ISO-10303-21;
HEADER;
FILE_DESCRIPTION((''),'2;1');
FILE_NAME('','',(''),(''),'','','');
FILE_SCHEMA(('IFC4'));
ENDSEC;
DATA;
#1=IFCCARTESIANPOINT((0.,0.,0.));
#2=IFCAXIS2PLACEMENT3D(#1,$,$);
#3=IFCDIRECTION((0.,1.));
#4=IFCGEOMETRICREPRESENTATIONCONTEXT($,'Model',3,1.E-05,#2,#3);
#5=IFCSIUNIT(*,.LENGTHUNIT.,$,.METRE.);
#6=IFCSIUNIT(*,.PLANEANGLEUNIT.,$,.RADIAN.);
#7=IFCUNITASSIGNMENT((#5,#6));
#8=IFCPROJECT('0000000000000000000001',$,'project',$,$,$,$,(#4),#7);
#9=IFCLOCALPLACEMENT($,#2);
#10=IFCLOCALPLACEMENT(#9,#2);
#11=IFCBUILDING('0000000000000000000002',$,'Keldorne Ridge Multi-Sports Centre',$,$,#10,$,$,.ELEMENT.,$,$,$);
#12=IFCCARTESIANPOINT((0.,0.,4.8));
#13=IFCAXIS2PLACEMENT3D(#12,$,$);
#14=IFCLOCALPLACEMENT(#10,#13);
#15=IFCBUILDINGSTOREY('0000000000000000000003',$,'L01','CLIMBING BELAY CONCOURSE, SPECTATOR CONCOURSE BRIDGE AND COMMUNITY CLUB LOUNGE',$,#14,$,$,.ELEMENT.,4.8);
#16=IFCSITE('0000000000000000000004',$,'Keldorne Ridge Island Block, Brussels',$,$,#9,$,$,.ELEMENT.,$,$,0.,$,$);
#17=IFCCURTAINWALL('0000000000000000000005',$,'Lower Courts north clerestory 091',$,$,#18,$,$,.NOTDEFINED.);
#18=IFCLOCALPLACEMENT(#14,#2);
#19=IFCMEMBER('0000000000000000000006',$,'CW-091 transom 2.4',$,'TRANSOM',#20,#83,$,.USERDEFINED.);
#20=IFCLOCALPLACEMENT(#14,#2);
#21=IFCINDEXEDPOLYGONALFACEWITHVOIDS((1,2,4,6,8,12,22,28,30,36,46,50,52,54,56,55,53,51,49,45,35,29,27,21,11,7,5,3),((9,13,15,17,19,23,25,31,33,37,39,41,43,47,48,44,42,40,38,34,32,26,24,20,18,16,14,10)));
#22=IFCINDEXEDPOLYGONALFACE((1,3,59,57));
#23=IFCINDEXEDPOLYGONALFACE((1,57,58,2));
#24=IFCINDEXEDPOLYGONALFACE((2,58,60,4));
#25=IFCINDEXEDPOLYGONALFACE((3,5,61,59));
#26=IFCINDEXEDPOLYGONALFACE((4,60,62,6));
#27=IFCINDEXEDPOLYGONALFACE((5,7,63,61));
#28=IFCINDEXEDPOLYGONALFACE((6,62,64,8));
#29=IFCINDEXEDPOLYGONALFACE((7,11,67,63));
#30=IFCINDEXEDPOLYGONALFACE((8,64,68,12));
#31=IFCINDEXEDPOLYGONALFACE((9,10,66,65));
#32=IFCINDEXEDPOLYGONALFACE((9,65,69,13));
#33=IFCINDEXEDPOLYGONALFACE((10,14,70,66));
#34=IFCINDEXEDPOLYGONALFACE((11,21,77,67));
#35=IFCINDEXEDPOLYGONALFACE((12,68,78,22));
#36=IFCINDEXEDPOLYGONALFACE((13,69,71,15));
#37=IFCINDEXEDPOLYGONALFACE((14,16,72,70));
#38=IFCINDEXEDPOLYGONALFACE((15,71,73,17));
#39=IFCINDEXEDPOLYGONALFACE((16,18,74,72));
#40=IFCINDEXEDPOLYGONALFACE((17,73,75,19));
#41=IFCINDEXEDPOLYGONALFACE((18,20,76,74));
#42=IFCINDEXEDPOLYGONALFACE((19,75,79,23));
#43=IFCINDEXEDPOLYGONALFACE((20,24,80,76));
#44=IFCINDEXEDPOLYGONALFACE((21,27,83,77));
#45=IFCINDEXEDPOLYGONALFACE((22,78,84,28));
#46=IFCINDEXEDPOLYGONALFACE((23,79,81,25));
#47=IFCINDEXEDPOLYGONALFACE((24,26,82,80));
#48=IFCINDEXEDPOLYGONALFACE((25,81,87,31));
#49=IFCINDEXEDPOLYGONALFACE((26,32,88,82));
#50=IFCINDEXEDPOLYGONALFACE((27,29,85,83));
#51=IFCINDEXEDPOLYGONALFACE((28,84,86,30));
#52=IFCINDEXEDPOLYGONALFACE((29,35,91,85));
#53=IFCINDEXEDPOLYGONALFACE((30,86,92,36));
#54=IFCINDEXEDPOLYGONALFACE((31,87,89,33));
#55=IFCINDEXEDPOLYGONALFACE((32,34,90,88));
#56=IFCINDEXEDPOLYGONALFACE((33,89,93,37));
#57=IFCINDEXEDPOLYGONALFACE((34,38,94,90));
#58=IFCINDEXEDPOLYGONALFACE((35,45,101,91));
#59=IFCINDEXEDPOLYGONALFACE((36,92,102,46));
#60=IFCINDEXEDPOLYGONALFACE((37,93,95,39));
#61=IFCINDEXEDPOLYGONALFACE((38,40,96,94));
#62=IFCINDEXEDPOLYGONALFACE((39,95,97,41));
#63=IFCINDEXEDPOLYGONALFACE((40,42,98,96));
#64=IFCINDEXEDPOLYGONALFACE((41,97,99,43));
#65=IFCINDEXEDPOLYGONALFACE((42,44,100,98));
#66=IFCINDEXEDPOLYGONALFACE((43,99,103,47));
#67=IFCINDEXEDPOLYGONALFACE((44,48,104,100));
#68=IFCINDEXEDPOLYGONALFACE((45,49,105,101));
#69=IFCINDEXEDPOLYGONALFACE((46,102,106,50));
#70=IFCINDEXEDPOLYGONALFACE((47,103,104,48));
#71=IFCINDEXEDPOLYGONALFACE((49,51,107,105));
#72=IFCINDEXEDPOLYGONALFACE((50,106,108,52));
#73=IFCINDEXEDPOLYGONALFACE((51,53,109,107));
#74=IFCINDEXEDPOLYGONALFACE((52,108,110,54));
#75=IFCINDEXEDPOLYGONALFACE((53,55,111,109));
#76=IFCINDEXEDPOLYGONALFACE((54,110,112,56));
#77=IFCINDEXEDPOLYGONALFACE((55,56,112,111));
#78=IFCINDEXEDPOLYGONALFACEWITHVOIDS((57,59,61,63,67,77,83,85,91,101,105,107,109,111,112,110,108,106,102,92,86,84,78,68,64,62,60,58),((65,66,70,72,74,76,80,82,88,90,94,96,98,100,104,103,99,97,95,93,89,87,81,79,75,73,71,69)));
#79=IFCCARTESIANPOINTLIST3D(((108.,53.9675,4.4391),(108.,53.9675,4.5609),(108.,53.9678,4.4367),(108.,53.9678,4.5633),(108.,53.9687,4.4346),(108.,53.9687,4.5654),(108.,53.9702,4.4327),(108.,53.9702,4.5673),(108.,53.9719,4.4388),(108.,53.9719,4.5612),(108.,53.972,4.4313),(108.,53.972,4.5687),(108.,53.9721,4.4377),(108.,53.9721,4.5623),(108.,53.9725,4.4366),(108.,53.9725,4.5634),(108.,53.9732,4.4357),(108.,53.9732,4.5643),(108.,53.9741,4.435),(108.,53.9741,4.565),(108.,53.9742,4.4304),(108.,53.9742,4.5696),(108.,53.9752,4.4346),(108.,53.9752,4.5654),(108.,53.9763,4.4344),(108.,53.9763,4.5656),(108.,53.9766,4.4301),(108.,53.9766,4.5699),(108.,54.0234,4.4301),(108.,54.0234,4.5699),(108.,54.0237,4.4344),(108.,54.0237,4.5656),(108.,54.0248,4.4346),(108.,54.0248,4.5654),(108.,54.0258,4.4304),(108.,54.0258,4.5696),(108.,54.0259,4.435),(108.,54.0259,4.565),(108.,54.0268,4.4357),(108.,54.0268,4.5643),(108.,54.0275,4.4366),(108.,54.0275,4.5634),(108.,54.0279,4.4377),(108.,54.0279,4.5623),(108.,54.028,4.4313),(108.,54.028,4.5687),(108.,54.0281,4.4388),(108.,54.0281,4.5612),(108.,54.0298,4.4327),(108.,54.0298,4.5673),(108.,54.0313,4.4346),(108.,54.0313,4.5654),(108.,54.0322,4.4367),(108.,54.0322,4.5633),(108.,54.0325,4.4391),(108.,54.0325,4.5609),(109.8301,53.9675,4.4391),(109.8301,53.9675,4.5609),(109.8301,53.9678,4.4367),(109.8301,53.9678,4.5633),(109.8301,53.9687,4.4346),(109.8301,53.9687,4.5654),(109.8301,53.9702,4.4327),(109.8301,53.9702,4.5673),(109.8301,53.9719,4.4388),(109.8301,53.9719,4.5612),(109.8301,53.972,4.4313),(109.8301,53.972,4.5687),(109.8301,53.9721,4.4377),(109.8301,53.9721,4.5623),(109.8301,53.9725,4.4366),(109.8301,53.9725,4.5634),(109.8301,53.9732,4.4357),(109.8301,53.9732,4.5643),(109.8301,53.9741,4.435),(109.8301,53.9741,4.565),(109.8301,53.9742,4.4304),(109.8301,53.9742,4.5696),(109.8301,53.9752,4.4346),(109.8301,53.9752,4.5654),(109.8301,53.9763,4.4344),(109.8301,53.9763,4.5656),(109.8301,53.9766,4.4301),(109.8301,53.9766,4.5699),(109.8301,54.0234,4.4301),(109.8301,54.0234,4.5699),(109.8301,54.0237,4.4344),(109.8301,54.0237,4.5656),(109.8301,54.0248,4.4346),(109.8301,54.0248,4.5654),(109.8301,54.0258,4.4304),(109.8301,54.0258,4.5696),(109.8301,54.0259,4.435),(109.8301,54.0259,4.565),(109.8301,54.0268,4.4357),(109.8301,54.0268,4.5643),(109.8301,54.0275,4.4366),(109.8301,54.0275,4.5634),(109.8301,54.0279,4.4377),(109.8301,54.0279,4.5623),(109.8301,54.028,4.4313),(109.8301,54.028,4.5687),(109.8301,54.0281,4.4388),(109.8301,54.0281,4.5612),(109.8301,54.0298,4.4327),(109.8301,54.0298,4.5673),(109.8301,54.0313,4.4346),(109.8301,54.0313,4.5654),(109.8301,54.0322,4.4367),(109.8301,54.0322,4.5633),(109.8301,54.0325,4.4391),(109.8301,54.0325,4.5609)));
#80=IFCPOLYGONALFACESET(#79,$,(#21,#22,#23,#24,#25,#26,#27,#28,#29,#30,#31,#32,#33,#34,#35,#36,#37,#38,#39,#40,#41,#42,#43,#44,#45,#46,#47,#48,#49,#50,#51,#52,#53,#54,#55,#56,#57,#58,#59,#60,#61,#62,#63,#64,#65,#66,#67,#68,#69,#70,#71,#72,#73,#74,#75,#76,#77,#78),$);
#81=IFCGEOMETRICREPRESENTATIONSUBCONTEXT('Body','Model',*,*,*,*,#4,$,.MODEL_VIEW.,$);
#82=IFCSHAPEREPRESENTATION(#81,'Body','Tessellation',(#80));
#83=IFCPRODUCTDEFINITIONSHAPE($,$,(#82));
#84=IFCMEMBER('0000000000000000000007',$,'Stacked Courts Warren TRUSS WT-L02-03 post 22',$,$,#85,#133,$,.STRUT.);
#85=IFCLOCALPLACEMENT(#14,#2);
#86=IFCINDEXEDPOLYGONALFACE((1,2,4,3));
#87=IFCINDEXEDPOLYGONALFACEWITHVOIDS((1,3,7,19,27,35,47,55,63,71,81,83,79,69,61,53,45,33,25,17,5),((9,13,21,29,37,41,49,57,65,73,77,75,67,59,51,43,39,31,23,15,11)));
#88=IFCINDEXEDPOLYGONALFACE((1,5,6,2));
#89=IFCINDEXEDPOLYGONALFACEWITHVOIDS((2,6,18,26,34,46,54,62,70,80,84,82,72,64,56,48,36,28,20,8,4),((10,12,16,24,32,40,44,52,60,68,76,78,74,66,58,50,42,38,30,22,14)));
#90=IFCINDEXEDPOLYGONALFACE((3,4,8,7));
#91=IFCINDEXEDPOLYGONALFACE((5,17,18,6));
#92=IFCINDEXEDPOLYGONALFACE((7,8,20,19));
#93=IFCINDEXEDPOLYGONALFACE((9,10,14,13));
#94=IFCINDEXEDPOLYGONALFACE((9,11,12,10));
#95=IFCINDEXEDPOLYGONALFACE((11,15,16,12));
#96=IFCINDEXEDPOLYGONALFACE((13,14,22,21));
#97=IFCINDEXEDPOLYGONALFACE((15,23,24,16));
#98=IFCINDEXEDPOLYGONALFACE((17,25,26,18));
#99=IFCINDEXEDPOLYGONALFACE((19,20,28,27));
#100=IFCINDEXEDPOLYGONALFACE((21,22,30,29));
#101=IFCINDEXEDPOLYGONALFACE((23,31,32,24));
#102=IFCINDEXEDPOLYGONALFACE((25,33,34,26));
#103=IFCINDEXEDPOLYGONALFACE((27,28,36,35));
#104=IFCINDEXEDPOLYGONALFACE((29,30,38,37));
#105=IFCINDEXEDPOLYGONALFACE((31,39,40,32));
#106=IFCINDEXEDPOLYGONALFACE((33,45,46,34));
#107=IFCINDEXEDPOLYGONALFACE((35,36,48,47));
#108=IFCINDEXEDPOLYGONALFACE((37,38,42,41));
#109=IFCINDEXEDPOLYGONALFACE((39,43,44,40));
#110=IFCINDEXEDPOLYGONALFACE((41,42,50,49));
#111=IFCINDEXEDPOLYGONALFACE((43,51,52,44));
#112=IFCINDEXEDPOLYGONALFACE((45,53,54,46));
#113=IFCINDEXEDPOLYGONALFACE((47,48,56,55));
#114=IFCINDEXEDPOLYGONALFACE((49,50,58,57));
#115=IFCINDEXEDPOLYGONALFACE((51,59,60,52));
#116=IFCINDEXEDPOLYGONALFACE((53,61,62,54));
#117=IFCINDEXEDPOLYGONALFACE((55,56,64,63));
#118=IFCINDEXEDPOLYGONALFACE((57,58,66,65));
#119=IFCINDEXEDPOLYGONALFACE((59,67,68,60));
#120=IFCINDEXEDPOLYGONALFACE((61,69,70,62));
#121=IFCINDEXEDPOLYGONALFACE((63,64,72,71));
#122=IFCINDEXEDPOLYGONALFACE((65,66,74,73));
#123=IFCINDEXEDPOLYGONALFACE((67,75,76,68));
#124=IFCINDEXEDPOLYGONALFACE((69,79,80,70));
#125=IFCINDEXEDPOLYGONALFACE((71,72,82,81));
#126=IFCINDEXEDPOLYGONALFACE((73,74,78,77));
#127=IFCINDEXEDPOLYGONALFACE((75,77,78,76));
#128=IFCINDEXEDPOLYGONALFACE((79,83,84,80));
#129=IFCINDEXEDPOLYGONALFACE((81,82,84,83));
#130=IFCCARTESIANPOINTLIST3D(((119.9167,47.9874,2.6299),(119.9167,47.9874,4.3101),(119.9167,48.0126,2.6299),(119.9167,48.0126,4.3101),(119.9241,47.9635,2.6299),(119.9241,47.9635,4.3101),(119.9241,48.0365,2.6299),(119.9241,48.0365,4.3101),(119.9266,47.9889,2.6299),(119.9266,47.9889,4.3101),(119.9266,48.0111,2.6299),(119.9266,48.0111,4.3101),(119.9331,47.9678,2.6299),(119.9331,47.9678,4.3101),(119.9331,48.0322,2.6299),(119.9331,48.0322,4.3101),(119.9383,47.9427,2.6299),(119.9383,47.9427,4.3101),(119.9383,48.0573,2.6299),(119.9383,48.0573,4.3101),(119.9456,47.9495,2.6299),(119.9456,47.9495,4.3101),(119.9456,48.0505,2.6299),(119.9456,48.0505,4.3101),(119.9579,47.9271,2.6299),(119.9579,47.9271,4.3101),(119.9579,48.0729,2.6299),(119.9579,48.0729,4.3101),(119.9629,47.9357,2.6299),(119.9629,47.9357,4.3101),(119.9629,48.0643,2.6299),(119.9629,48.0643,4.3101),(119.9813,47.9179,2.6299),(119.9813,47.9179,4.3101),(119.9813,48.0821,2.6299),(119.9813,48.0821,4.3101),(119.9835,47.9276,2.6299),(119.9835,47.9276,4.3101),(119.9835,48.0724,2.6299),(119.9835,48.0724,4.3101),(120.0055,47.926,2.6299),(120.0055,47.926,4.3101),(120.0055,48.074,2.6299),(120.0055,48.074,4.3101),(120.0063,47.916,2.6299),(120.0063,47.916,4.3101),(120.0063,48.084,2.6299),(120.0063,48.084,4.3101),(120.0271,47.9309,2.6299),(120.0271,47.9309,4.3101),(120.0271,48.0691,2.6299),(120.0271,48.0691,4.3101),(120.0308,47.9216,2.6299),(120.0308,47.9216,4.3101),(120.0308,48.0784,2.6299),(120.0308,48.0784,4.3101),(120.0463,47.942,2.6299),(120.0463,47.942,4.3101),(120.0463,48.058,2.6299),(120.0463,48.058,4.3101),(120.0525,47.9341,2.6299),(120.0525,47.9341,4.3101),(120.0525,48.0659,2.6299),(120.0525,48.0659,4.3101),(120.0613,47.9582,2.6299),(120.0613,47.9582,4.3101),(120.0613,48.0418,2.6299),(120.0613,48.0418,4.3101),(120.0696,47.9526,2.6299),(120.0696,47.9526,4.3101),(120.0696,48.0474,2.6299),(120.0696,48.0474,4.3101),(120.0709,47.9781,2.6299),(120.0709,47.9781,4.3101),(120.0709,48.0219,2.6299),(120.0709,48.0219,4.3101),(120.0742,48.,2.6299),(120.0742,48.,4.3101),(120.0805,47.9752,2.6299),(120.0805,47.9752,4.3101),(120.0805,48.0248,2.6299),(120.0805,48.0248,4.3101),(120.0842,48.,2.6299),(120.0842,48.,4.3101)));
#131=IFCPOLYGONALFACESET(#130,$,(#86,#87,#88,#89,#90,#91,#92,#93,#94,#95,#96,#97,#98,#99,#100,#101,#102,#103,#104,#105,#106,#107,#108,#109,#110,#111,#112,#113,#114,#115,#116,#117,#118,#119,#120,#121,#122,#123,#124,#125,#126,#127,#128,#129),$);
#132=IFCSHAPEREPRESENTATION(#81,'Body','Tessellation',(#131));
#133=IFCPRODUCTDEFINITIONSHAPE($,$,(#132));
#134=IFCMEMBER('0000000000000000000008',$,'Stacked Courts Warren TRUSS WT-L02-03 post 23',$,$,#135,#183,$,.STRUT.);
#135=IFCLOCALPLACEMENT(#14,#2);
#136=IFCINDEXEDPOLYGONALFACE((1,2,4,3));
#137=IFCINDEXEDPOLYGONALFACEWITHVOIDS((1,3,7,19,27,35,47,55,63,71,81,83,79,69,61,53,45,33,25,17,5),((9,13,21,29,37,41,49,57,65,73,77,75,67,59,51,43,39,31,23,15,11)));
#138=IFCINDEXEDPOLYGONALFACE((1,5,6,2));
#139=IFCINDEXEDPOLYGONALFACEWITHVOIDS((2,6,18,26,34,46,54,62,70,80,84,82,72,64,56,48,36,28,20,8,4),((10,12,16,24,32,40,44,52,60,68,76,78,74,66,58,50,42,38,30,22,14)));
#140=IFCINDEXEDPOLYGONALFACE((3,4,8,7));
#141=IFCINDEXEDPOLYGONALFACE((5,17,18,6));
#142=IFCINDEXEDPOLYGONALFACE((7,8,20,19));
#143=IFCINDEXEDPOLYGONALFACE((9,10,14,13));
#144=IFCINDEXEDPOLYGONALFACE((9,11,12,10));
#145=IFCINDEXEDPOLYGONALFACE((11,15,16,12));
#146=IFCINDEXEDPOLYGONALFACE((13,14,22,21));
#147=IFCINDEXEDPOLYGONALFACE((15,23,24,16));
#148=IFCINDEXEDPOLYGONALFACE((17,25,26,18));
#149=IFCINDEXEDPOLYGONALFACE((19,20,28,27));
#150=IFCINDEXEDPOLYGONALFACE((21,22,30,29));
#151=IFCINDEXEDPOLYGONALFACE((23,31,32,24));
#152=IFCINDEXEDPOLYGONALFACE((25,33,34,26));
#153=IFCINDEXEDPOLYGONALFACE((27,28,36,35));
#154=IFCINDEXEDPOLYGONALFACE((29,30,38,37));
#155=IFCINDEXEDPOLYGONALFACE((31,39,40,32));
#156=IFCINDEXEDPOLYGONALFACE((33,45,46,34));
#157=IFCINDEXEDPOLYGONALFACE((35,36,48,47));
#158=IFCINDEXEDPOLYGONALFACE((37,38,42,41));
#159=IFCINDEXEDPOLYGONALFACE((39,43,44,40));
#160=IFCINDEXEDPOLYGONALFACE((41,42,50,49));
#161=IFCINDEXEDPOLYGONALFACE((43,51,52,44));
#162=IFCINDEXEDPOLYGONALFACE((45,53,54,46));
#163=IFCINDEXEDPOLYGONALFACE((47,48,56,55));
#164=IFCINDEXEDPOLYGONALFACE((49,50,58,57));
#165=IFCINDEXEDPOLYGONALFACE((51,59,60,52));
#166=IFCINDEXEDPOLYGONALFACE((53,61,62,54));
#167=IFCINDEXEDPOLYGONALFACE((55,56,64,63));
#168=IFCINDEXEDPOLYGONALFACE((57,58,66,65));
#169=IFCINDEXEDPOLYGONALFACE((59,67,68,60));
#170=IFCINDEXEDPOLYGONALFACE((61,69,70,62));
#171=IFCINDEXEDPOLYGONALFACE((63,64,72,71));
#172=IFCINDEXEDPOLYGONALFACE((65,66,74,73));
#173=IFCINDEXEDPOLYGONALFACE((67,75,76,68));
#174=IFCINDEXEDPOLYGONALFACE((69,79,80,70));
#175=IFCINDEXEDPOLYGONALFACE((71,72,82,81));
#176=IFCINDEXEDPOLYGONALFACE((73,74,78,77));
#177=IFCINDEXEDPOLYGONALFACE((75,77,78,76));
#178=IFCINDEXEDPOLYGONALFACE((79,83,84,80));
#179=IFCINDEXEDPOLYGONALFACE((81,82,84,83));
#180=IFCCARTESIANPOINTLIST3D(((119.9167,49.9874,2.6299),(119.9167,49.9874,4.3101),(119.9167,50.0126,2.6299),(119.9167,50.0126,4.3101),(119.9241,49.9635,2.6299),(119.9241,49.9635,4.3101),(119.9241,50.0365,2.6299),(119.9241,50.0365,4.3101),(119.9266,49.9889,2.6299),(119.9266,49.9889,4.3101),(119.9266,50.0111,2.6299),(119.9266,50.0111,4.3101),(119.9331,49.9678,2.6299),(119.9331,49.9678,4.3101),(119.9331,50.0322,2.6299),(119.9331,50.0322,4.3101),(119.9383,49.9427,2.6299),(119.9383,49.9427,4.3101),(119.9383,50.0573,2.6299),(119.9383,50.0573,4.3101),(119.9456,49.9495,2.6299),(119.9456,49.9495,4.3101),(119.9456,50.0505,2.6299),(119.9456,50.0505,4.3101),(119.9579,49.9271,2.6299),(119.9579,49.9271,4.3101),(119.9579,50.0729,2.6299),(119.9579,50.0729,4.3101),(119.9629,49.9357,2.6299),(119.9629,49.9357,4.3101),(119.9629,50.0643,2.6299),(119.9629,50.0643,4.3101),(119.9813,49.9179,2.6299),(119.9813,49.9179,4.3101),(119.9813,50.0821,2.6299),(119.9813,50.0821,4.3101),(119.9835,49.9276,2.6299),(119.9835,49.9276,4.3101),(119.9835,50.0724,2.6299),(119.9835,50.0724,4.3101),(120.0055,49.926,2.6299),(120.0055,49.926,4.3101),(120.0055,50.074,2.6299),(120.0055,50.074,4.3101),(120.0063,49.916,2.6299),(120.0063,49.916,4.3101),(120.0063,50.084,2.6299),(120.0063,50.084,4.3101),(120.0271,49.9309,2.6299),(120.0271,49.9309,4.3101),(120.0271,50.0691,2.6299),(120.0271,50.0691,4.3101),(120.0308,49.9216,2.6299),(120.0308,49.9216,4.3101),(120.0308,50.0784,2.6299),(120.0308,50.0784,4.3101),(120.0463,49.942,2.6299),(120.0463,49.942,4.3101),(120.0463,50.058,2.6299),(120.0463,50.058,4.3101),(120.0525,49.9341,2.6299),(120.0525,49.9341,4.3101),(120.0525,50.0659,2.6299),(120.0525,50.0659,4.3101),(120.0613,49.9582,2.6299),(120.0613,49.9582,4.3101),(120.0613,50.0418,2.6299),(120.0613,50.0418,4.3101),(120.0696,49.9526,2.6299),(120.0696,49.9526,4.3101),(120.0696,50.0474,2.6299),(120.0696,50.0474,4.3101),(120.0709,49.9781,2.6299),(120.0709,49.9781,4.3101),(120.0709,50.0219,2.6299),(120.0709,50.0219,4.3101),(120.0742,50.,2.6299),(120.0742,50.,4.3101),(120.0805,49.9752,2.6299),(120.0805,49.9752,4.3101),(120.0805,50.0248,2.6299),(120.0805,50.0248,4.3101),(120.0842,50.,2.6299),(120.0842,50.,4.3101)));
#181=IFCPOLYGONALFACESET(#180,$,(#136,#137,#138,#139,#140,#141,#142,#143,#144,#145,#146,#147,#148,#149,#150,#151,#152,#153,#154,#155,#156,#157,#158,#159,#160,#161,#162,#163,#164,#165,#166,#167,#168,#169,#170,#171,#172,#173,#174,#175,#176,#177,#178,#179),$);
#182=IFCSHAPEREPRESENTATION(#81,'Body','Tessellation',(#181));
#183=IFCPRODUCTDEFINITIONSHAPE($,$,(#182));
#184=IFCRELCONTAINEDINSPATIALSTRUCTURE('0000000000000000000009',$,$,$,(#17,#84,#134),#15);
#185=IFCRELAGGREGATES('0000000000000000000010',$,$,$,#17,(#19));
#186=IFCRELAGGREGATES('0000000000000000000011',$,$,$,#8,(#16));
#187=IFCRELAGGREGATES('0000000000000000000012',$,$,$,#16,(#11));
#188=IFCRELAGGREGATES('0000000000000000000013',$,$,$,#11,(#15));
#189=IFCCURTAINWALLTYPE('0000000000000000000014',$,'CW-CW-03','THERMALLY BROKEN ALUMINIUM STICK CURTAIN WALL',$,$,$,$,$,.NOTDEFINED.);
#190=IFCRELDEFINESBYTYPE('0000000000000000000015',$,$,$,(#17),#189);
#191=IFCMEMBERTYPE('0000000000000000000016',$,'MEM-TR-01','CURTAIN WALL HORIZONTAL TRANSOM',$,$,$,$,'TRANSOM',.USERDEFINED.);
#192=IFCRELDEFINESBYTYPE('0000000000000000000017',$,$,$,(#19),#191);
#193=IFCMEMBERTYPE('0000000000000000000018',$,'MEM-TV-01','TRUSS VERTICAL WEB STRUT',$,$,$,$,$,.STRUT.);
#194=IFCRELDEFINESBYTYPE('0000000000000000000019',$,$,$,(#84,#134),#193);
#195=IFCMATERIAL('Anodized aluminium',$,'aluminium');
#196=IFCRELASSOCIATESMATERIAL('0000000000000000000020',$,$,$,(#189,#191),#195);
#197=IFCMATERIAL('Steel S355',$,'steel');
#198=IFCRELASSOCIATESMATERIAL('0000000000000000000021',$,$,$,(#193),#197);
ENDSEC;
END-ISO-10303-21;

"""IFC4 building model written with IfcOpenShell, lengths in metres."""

from ifc_helpers import new_model, si_unit, direction, frame, origin, origin_2d, place, context, subcontext, project, spatial, hollow_rectangle, hollow_circle, extrude, material, material_profile, profile_set, type_object, element, aggregate, save


model = new_model("IFC4")

# Units and contexts
model_context = context("Model", 3, precision=1e-05, world=origin(), true_north=direction((0.0, 1.0)))
body_context = subcontext(model_context, "Body", "Model", "MODEL_VIEW")
ifc_project = project(units=[si_unit("LENGTHUNIT", "METRE"), si_unit("PLANEANGLEUNIT", "RADIAN")], contexts=[model_context])

# Site, building, storey
site_placement = place(None, origin())
site = spatial("IfcSite", under=ifc_project, at=site_placement, Name="Keldorne Ridge Island Block, Brussels", CompositionType="ELEMENT", RefElevation=0.0)
building_placement = place(site_placement, origin())
building = spatial("IfcBuilding", under=site, at=building_placement, Name="Keldorne Ridge Multi-Sports Centre", CompositionType="ELEMENT")
storey_placement = place(building_placement, frame((0.0, 0.0, 4.8)))
storey = spatial("IfcBuildingStorey", under=building, at=storey_placement, Name="L01", Description="CLIMBING BELAY CONCOURSE, SPECTATOR CONCOURSE BRIDGE AND COMMUNITY CLUB LOUNGE", CompositionType="ELEMENT", Elevation=4.8)

# Shared definitions
ifc_material_1 = material(Name="Steel S355", Category="steel")

# Curtain wall
ifc_material_2 = material(Name="Anodized aluminium", Category="aluminium")
curtain_wall_type = type_object("IfcCurtainWallType", Name="CW-CW-03", Description="THERMALLY BROKEN ALUMINIUM STICK CURTAIN WALL", PredefinedType="NOTDEFINED", material=ifc_material_2)
curtain_wall_placement = place(storey_placement, origin())
curtain_wall = element("IfcCurtainWall", 1, at=curtain_wall_placement, inside=storey, type_object=curtain_wall_type, Name="Lower Courts north clerestory 091", PredefinedType="NOTDEFINED")

# Member
ifc_material_profile_1 = material_profile(ifc_material_2, hollow_rectangle(XDim=0.0649, YDim=0.1399, WallThickness=0.0044, InnerFilletRadius=0.0044, OuterFilletRadius=0.009, at=origin_2d()), Name="ALU TRANSOM 140x65x4.5")
ifc_profile_set_1 = profile_set([ifc_material_profile_1], Name="Anodized aluminium")
member_type_1 = type_object("IfcMemberType", Name="MEM-TR-01", Description="CURTAIN WALL HORIZONTAL TRANSOM", ElementType="TRANSOM", PredefinedType="USERDEFINED", material=ifc_profile_set_1)
member_1_placement = place(storey_placement, frame((109.8301, 54.0, 4.5), z_axis=(-1.0, 0.0, 0.0), x_axis=(0.0, -1.0, 0.0)))
member_1 = element("IfcMember", 2, at=member_1_placement, type_object=member_type_1, Name="CW-091 transom 2.4", ObjectType="TRANSOM", PredefinedType="USERDEFINED", context=body_context, shape_type="SweptSolid", body=[
    extrude(hollow_rectangle(XDim=0.0649, YDim=0.1399, WallThickness=0.0044, InnerFilletRadius=0.0044, OuterFilletRadius=0.009, at=origin_2d()), origin(), (0.0, 0.0, 1.0), 1.8301),
])

# Members
ifc_material_profile_2 = material_profile(ifc_material_1, hollow_circle(Radius=0.0842, WallThickness=0.01, at=origin_2d()), Name="CHS 168.3x10")
ifc_profile_set_2 = profile_set([ifc_material_profile_2], Name="Steel S355")
member_type_2 = type_object("IfcMemberType", Name="MEM-TV-01", Description="TRUSS VERTICAL WEB STRUT", PredefinedType="STRUT", material=ifc_profile_set_2)
for number, where, z_axis, x_axis, name in (
    (3, (120.0, 48.0, 2.6299), (0.0, 0.0, 1.0), (1.0, 0.0, 0.0), "Stacked Courts Warren TRUSS WT-L02-03 post 22"),
    (4, (120.0, 50.0, 2.6299), (0.0, 0.0, 1.0), (1.0, 0.0, 0.0), "Stacked Courts Warren TRUSS WT-L02-03 post 23"),
):
    element("IfcMember", number, at=place(storey_placement, frame(where, z_axis=z_axis, x_axis=x_axis)), inside=storey, type_object=member_type_2, Name=name, PredefinedType="STRUT", context=body_context, shape_type="SweptSolid", body=[
        extrude(hollow_circle(Radius=0.0842, WallThickness=0.01, at=origin_2d()), origin(), (0.0, 0.0, 1.0), 1.6802),
    ])

aggregate(curtain_wall, [member_1])

save(model, "model.ifc")
